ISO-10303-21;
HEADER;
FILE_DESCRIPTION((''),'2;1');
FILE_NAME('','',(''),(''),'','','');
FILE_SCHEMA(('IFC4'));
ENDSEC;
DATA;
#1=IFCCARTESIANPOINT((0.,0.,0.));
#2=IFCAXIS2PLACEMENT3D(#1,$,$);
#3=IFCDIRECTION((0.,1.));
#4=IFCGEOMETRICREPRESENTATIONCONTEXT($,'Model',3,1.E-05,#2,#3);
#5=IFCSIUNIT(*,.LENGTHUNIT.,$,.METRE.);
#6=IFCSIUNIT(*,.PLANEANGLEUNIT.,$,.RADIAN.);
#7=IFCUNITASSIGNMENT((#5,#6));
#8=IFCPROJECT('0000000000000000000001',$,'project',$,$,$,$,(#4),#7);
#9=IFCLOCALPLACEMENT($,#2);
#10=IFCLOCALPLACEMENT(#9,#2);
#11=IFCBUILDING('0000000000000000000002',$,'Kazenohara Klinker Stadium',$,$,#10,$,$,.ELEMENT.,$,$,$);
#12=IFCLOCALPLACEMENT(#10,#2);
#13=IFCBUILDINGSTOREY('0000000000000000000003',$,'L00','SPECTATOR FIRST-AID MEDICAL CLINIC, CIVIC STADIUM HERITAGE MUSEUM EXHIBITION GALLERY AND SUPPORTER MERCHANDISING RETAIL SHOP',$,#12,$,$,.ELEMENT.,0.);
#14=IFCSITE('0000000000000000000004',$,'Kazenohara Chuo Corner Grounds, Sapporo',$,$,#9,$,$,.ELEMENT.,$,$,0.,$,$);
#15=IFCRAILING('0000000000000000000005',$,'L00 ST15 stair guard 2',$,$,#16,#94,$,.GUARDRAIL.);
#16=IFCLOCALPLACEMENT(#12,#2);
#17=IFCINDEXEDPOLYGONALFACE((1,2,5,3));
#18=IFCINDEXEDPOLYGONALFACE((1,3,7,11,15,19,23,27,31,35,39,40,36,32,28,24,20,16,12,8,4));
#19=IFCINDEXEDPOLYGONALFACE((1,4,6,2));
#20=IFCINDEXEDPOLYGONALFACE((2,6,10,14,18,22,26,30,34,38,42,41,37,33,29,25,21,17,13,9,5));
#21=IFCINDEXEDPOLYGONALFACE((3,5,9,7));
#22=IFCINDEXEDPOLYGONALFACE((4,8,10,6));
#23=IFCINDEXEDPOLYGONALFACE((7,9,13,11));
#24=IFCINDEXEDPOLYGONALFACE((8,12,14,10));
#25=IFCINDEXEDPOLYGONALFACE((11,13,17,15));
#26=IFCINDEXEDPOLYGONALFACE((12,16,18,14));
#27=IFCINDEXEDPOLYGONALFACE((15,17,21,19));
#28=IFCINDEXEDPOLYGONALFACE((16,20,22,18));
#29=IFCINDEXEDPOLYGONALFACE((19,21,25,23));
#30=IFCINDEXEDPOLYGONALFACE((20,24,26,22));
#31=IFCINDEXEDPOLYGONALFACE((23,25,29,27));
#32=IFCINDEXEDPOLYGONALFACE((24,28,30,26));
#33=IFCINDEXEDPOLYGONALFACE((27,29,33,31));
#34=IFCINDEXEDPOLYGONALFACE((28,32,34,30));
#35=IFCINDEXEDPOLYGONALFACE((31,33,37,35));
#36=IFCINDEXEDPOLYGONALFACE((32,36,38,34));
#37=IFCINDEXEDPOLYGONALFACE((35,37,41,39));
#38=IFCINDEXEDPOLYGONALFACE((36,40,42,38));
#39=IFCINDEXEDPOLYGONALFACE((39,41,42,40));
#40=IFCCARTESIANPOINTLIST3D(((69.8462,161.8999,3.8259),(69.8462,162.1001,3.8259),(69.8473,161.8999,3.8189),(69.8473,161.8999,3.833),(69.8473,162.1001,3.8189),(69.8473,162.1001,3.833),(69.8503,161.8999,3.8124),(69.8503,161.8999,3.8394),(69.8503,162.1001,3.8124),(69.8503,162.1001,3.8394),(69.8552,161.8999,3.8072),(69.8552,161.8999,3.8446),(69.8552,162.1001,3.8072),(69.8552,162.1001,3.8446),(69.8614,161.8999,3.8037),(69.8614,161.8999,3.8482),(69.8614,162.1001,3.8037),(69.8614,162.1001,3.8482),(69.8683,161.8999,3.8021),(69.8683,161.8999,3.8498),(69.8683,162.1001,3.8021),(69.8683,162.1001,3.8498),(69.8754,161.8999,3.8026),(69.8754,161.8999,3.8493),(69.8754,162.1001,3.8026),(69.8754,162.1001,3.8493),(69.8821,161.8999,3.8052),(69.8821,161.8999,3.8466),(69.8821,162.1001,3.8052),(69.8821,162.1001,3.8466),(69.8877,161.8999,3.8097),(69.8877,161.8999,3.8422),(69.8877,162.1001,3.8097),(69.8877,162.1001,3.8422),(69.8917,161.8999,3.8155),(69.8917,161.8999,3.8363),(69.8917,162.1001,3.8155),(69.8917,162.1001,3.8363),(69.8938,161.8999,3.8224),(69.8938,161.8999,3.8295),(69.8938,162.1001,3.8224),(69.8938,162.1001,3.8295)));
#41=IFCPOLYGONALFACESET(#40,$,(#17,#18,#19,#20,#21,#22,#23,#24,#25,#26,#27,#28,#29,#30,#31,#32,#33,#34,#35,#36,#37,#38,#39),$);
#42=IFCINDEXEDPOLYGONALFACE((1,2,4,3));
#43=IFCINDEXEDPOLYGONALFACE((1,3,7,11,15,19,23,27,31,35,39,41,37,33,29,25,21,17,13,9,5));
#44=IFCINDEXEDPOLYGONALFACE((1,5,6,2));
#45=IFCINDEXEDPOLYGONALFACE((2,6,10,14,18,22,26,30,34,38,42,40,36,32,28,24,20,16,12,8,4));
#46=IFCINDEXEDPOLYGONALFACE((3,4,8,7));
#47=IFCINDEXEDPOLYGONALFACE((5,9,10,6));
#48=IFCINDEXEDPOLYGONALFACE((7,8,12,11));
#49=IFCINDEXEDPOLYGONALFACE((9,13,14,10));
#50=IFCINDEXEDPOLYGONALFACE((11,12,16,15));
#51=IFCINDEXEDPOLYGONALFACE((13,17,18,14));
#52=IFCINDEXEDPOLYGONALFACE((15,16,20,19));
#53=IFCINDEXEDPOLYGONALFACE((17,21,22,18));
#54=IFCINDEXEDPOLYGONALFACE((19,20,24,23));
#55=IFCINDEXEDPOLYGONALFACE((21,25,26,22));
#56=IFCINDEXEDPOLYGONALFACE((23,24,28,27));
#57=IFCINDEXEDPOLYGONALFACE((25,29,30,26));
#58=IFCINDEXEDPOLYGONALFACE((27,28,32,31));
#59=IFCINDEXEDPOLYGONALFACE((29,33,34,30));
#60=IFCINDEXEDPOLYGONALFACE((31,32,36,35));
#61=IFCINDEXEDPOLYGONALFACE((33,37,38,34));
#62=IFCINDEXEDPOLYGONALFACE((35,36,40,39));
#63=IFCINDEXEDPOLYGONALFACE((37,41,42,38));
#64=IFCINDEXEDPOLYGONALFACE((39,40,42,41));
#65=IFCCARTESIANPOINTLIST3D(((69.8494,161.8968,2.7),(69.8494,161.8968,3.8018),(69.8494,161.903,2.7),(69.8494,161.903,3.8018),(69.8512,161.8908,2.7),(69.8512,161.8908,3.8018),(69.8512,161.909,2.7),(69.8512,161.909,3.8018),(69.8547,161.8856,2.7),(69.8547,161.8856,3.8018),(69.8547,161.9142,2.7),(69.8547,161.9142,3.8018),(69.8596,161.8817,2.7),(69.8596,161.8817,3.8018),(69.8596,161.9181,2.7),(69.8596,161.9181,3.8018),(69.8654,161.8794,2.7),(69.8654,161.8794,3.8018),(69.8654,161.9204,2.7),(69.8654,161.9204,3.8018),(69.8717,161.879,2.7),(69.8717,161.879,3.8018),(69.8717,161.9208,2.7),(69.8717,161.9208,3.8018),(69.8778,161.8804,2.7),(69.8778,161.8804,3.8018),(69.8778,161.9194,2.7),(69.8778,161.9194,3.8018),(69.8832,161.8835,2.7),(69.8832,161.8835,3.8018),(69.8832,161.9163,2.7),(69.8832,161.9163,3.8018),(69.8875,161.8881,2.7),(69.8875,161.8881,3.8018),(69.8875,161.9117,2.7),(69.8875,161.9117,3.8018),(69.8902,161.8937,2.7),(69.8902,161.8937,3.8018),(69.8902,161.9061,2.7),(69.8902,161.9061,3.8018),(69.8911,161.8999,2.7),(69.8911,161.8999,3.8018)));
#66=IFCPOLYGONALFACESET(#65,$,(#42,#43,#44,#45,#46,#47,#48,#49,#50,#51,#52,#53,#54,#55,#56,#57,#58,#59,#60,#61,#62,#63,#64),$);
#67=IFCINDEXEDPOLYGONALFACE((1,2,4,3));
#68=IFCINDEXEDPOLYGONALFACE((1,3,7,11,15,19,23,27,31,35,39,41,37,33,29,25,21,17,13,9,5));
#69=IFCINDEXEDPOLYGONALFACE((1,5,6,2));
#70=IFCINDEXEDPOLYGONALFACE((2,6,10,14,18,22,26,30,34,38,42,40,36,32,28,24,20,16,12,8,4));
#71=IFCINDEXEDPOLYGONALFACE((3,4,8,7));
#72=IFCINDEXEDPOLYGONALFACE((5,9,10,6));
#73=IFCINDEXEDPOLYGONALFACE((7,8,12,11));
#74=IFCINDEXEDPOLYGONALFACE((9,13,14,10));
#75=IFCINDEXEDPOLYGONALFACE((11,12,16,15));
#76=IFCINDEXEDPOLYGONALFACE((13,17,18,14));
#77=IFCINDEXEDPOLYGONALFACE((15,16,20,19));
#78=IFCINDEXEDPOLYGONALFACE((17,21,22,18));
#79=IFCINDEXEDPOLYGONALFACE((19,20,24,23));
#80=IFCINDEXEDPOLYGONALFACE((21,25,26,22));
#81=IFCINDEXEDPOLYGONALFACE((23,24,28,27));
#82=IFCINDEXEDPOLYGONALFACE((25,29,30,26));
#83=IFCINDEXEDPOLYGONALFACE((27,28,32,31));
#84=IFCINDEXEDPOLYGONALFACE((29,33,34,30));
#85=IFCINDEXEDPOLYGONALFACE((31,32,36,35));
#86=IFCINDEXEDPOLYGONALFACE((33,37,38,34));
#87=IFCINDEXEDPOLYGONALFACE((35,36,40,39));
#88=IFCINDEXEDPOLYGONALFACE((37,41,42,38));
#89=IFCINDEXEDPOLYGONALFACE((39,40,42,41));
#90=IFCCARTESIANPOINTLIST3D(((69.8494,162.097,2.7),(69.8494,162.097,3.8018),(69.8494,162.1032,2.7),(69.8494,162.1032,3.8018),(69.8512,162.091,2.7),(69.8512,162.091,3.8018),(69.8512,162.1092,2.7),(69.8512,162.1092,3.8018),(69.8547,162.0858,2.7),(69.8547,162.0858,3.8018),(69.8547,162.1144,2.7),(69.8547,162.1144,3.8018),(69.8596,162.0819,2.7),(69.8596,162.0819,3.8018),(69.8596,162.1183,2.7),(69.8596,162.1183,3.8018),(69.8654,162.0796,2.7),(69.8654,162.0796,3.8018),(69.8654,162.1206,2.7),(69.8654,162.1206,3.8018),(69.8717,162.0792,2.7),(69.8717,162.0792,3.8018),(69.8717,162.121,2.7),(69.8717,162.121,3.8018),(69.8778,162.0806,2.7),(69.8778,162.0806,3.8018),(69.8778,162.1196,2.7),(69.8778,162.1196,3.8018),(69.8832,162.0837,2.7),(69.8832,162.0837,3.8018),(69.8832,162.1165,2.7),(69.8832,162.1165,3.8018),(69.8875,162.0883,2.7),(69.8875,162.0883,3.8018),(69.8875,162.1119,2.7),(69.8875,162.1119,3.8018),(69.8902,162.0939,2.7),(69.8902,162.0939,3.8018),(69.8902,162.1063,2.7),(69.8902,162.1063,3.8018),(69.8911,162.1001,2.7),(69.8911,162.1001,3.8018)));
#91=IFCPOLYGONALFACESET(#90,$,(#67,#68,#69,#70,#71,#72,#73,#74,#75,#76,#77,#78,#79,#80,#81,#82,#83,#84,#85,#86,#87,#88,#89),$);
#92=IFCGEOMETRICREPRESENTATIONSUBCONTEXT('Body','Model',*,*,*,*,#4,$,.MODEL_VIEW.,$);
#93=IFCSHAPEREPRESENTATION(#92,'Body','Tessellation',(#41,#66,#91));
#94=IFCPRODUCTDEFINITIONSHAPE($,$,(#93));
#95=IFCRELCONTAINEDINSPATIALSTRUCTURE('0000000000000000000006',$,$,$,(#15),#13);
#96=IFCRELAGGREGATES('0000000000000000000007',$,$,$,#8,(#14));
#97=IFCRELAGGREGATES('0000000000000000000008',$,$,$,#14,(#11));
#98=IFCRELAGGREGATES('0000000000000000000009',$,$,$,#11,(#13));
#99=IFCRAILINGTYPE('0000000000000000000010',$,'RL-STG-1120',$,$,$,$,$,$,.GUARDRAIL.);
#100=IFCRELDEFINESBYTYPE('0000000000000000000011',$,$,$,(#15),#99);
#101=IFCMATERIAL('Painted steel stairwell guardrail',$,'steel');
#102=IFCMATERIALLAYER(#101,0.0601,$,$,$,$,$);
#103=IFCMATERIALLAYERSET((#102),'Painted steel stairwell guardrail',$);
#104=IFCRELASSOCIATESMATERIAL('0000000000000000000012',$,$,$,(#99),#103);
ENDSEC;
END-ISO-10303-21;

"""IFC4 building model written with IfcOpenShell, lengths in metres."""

from ifc_helpers import new_model, si_unit, direction, frame, origin, origin_2d, place, context, subcontext, project, spatial, circle, extrude, material, layer, layer_set, type_object, element, save


model = new_model("IFC4")

# Units and contexts
model_context = context("Model", 3, precision=1e-05, world=origin(), true_north=direction((0.0, 1.0)))
body_context = subcontext(model_context, "Body", "Model", "MODEL_VIEW")
ifc_project = project(units=[si_unit("LENGTHUNIT", "METRE"), si_unit("PLANEANGLEUNIT", "RADIAN")], contexts=[model_context])

# Site, building, storey
site_placement = place(None, origin())
site = spatial("IfcSite", under=ifc_project, at=site_placement, Name="Kazenohara Chuo Corner Grounds, Sapporo", CompositionType="ELEMENT", RefElevation=0.0)
building_placement = place(site_placement, origin())
building = spatial("IfcBuilding", under=site, at=building_placement, Name="Kazenohara Klinker Stadium", CompositionType="ELEMENT")
storey_placement = place(building_placement, origin())
storey = spatial("IfcBuildingStorey", under=building, at=storey_placement, Name="L00", Description="SPECTATOR FIRST-AID MEDICAL CLINIC, CIVIC STADIUM HERITAGE MUSEUM EXHIBITION GALLERY AND SUPPORTER MERCHANDISING RETAIL SHOP", CompositionType="ELEMENT", Elevation=0.0)

# Railing
ifc_material_1 = material(Name="Painted steel stairwell guardrail", Category="steel")
ifc_layer_1 = layer(ifc_material_1, 0.0601)
ifc_layer_set_1 = layer_set([ifc_layer_1], Name="Painted steel stairwell guardrail")
railing_type_1 = type_object("IfcRailingType", Name="RL-STG-1120", PredefinedType="GUARDRAIL", material=ifc_layer_set_1)
railing_1_placement = place(storey_placement, frame((69.8701, 161.8999, 2.7)))
element("IfcRailing", 1, at=railing_1_placement, inside=storey, type_object=railing_type_1, Name="L00 ST15 stair guard 2", PredefinedType="GUARDRAIL", context=body_context, shape_type="SweptSolid", body=[
    extrude(circle(Radius=0.0239, at=origin_2d()), frame((0.0, 0.0, 1.126), z_axis=(0.0, 1.0, 0.0), x_axis=(-1.0, 0.0, 0.0)), (0.0, 0.0, 1.0), 0.2002),
    extrude(circle(Radius=0.021, at=origin_2d()), origin(), (0.0, 0.0, 1.0), 1.1018),
    extrude(circle(Radius=0.021, at=origin_2d()), frame((0.0, 0.2002, 0.0)), (0.0, 0.0, 1.0), 1.1018),
])

save(model, "model.ifc")
